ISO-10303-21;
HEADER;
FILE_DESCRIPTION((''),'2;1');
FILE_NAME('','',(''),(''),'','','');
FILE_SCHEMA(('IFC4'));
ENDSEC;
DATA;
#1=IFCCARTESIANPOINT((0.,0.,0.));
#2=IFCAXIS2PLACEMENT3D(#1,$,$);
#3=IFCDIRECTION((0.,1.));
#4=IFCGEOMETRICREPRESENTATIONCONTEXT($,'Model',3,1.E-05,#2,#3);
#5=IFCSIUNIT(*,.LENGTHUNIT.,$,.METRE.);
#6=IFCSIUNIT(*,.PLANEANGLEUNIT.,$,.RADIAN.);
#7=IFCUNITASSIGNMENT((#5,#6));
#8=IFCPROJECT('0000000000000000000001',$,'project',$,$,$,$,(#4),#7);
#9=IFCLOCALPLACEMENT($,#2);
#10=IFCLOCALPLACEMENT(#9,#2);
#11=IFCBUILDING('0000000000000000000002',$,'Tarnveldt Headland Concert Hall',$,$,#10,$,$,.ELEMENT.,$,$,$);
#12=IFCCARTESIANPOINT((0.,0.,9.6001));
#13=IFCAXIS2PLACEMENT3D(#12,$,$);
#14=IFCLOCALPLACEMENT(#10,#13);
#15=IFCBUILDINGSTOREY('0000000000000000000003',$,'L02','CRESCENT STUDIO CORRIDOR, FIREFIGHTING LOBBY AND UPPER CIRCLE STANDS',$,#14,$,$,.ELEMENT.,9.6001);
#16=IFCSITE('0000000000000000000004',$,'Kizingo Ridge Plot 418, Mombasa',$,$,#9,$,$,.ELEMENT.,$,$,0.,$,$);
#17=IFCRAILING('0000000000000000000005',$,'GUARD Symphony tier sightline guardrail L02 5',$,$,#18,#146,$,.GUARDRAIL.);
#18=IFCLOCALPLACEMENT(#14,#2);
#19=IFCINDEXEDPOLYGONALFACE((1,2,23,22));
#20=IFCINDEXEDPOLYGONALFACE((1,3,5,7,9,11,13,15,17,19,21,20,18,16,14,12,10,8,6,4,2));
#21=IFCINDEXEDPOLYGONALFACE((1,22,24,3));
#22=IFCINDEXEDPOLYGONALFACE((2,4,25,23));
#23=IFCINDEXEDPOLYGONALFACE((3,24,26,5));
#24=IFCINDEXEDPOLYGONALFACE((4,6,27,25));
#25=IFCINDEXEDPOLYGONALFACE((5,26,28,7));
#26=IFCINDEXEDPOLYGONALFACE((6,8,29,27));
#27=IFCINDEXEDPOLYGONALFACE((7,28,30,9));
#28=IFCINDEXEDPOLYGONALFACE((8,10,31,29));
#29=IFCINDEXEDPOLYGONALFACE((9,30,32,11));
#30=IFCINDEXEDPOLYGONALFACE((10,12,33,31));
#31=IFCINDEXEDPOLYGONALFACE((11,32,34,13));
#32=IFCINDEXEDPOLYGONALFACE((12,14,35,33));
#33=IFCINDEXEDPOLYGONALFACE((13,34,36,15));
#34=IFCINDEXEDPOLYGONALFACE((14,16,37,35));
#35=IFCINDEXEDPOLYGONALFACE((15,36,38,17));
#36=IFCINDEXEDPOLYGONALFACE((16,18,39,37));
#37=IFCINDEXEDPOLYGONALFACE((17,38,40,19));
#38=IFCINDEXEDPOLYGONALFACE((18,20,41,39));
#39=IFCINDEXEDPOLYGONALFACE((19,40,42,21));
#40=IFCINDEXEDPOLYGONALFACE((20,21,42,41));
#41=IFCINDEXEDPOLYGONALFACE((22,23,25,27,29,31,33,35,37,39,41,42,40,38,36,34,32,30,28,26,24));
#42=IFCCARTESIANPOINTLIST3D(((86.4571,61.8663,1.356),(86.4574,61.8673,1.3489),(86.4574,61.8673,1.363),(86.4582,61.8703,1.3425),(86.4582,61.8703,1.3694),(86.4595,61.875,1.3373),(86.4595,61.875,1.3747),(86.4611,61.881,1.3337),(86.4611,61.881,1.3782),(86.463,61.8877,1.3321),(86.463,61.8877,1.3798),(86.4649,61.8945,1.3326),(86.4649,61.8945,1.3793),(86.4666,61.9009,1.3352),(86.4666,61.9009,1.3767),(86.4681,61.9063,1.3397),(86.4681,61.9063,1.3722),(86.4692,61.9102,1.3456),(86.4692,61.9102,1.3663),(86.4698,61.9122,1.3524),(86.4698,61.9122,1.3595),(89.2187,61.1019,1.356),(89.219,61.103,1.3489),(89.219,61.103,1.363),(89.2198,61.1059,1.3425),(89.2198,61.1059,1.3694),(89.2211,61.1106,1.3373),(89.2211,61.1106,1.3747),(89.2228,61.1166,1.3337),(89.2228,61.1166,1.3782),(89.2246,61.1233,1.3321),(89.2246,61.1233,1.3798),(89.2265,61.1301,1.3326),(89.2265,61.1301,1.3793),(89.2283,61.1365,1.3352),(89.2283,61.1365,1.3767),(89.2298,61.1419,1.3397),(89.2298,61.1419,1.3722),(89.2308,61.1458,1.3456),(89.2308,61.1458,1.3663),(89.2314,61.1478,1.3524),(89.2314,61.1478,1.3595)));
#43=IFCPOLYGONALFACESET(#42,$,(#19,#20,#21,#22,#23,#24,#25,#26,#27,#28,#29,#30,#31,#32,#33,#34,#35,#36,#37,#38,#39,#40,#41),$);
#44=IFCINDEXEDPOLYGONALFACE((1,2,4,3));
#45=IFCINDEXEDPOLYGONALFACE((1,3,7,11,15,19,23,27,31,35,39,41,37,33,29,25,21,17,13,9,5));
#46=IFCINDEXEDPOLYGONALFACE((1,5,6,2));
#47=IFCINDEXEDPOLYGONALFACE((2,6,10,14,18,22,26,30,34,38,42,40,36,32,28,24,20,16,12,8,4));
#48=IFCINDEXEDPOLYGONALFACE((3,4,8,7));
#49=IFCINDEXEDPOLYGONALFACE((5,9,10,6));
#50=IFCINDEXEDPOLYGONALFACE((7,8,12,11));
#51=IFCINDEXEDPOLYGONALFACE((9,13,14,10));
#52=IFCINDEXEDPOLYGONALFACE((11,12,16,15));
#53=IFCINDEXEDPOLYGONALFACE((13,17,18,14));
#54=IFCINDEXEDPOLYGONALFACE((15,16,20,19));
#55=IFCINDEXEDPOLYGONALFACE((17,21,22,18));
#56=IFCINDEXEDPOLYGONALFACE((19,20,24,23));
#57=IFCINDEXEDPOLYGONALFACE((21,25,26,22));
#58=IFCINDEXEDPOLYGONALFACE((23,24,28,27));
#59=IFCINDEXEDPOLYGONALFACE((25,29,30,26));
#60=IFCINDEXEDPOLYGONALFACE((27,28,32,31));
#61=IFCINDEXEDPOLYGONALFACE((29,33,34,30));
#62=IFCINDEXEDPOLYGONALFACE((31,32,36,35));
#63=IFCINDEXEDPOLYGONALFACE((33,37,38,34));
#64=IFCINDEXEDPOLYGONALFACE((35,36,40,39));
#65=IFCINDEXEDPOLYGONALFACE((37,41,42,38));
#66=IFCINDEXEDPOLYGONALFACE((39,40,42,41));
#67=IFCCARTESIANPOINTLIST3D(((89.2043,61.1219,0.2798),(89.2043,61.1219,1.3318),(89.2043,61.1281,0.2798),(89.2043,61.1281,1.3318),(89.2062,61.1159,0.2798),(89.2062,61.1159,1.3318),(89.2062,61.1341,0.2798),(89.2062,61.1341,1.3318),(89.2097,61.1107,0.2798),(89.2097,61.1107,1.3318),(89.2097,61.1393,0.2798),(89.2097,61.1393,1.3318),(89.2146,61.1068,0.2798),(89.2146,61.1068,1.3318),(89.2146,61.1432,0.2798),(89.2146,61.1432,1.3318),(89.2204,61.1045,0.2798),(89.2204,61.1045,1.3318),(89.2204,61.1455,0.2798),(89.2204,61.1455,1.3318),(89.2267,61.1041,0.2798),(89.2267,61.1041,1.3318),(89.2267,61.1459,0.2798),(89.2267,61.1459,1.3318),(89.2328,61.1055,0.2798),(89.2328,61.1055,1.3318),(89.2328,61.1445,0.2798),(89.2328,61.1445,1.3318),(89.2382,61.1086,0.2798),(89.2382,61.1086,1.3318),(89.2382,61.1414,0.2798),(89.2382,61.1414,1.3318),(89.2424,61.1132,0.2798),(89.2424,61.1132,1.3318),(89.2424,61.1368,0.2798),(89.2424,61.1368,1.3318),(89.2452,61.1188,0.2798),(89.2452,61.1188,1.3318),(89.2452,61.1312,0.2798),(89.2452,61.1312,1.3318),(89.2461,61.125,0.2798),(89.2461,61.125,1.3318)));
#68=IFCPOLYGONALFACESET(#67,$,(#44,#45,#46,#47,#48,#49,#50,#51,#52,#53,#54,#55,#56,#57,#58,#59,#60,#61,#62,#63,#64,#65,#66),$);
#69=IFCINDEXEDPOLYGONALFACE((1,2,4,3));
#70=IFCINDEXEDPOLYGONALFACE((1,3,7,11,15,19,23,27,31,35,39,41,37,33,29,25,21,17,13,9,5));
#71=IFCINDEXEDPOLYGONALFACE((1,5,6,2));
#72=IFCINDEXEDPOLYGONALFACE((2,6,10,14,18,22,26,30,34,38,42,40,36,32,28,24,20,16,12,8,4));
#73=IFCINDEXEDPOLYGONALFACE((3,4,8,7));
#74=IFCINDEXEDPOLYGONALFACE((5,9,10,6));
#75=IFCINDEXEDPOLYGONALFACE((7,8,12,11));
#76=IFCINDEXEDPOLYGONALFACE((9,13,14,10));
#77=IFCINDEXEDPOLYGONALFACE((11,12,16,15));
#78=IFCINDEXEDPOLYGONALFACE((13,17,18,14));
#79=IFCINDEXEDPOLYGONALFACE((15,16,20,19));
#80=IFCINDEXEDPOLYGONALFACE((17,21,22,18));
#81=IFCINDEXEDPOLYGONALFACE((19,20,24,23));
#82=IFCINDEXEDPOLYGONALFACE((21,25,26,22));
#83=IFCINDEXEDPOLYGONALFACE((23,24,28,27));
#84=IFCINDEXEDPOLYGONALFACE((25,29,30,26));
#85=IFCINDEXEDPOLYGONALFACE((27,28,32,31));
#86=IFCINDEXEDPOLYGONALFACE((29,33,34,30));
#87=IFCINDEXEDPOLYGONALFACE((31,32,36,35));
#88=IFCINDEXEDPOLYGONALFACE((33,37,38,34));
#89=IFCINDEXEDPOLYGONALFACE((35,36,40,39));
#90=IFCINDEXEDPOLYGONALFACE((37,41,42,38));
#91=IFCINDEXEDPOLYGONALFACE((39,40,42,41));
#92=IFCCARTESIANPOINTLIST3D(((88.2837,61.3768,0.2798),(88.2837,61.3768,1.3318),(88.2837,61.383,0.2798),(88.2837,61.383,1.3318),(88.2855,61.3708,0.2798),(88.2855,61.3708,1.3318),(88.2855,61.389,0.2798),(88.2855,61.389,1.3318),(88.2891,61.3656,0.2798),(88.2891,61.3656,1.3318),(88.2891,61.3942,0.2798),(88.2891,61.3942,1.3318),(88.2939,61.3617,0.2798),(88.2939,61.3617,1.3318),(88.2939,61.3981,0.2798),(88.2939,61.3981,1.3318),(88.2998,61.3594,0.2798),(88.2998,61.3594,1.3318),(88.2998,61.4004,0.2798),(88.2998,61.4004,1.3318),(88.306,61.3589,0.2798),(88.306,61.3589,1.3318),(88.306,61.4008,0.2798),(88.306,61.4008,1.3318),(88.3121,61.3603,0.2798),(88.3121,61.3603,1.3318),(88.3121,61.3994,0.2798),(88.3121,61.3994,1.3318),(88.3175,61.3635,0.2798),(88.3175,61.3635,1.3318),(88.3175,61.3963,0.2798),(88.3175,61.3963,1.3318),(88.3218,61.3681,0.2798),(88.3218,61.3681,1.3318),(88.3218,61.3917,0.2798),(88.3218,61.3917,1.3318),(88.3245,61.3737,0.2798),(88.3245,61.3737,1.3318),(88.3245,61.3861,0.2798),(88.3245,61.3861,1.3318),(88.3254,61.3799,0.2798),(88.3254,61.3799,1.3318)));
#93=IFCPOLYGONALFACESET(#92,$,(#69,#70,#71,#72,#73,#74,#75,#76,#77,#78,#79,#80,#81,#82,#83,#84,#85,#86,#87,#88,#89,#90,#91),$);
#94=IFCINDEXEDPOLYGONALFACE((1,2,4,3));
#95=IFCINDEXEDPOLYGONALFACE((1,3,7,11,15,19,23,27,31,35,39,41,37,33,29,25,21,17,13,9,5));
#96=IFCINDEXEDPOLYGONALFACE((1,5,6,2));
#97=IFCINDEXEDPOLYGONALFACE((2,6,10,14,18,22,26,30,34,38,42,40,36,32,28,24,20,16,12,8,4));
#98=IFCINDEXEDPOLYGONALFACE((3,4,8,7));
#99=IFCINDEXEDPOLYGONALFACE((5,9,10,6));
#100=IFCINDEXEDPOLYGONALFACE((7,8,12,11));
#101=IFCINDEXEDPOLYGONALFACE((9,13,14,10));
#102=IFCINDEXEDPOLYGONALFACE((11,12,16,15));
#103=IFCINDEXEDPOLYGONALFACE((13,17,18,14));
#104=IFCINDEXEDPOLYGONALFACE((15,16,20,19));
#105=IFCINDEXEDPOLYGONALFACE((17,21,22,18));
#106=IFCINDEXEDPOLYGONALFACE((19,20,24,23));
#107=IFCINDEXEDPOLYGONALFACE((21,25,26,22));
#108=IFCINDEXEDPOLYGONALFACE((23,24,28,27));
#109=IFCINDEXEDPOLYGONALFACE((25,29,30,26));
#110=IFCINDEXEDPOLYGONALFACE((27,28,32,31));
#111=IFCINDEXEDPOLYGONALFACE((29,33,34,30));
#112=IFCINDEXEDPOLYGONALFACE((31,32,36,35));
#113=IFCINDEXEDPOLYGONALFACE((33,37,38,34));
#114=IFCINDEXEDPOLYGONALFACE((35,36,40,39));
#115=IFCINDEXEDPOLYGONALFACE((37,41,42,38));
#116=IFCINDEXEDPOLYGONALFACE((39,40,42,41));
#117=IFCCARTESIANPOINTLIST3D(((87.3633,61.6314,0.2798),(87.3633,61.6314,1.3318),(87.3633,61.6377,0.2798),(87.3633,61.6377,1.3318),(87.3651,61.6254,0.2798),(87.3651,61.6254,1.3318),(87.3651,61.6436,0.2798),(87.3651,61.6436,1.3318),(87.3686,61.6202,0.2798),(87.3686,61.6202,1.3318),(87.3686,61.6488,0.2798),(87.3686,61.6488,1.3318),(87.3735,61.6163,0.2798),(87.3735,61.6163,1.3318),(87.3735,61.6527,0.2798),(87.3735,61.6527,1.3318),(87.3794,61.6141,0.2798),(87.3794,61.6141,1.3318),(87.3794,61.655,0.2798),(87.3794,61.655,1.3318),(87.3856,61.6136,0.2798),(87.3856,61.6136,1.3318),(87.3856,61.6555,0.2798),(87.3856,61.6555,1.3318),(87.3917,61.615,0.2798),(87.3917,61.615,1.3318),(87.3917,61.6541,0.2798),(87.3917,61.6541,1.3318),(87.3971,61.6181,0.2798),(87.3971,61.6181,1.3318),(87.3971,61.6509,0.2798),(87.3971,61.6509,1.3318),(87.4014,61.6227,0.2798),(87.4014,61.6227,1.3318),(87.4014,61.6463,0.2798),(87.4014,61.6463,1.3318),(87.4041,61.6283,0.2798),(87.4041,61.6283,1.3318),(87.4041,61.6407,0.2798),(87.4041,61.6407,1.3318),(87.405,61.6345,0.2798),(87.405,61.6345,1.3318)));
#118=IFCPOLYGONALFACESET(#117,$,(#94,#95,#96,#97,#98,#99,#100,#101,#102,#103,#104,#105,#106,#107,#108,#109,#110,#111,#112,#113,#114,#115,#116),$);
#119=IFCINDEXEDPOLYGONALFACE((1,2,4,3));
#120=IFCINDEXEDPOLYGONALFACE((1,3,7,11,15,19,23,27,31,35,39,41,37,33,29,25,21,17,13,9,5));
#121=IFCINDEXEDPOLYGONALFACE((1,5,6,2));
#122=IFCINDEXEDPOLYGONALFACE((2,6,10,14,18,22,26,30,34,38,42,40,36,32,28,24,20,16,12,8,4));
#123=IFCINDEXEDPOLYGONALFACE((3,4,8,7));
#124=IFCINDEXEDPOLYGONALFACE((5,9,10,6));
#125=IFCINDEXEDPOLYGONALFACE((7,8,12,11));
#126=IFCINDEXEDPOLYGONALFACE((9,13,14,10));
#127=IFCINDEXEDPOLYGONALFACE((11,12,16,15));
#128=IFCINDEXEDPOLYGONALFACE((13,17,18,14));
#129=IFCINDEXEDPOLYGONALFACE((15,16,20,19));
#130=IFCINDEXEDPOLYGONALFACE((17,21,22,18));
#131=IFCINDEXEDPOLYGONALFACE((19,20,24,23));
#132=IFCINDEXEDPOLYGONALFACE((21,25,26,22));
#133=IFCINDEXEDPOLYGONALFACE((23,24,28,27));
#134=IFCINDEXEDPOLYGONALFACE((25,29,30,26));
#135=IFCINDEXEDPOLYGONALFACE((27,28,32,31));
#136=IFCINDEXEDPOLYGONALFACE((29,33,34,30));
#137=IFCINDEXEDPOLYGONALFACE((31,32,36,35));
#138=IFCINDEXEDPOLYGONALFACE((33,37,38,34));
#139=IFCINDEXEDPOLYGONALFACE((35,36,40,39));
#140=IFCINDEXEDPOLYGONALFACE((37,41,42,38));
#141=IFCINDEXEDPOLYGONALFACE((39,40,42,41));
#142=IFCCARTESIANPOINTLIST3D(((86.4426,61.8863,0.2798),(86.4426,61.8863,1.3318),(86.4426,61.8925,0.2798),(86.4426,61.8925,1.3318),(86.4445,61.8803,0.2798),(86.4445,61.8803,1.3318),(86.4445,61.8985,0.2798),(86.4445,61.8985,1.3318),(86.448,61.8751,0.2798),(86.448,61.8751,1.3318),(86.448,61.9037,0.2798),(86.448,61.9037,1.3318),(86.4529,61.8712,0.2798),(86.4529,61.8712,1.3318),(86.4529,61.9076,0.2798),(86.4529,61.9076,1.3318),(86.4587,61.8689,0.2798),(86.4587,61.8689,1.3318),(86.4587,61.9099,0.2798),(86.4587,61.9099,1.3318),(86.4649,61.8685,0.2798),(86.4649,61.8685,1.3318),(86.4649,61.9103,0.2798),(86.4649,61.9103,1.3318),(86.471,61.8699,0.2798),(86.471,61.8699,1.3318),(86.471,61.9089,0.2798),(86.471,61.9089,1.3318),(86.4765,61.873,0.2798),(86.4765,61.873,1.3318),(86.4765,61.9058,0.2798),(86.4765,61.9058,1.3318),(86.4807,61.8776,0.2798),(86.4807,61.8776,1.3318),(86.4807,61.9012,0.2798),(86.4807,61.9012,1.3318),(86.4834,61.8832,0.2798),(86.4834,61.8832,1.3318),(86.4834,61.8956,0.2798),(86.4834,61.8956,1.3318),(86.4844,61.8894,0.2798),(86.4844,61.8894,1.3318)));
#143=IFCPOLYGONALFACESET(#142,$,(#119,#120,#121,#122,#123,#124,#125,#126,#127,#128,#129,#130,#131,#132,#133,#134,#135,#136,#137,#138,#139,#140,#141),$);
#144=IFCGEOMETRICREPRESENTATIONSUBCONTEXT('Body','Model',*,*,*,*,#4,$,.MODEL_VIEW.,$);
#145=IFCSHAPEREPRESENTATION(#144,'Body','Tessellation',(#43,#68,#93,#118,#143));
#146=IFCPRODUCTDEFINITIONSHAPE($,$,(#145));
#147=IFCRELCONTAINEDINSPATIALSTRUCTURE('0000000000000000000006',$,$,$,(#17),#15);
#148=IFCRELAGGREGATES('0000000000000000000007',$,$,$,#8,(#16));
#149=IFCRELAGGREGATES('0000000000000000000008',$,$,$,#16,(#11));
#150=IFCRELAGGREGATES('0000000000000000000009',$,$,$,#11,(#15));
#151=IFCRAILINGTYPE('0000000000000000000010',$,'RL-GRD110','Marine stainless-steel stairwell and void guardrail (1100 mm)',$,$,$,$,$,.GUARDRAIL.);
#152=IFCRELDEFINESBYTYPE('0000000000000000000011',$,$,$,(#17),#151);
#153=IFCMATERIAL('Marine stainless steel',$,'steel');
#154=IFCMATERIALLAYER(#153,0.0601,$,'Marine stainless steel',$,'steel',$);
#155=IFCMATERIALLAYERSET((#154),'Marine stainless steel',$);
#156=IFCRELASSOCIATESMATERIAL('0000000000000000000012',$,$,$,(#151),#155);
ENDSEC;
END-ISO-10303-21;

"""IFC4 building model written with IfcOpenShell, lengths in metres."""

from ifc_helpers import new_model, si_unit, direction, frame, origin, origin_2d, place, context, subcontext, project, spatial, circle, extrude, material, layer, layer_set, type_object, element, save


model = new_model("IFC4")

# Units and contexts
model_context = context("Model", 3, precision=1e-05, world=origin(), true_north=direction((0.0, 1.0)))
body_context = subcontext(model_context, "Body", "Model", "MODEL_VIEW")
ifc_project = project(units=[si_unit("LENGTHUNIT", "METRE"), si_unit("PLANEANGLEUNIT", "RADIAN")], contexts=[model_context])

# Site, building, storey
site_placement = place(None, origin())
site = spatial("IfcSite", under=ifc_project, at=site_placement, Name="Kizingo Ridge Plot 418, Mombasa", CompositionType="ELEMENT", RefElevation=0.0)
building_placement = place(site_placement, origin())
building = spatial("IfcBuilding", under=site, at=building_placement, Name="Tarnveldt Headland Concert Hall", CompositionType="ELEMENT")
storey_placement = place(building_placement, frame((0.0, 0.0, 9.6001)))
storey = spatial("IfcBuildingStorey", under=building, at=storey_placement, Name="L02", Description="CRESCENT STUDIO CORRIDOR, FIREFIGHTING LOBBY AND UPPER CIRCLE STANDS", CompositionType="ELEMENT", Elevation=9.6001)

# Railing
ifc_material_1 = material(Name="Marine stainless steel", Category="steel")
ifc_layer_1 = layer(ifc_material_1, 0.0601, Name="Marine stainless steel", Category="steel")
ifc_layer_set_1 = layer_set([ifc_layer_1], Name="Marine stainless steel")
railing_type = type_object("IfcRailingType", Name="RL-GRD110", Description="Marine stainless-steel stairwell and void guardrail (1100 mm)", PredefinedType="GUARDRAIL", material=ifc_layer_set_1)
railing_1_placement = place(storey_placement, frame((89.2251, 61.125, 0.2798)))
element("IfcRailing", 1, at=railing_1_placement, inside=storey, type_object=railing_type, Name="GUARD Symphony tier sightline guardrail L02 5", PredefinedType="GUARDRAIL", context=body_context, shape_type="SweptSolid", body=[
    extrude(circle(Radius=0.0239, at=origin_2d()), frame((0.0, 0.0, 1.0762), z_axis=(-0.963764, 0.266756, 0.0), x_axis=(-0.266756, -0.963764, 0.0)), (0.0, 0.0, 1.0), 2.8655),
    extrude(circle(Radius=0.021, at=origin_2d()), origin(), (0.0, 0.0, 1.0), 1.052),
    extrude(circle(Radius=0.021, at=origin_2d()), frame((-0.9207, 0.2549, 0.0)), (0.0, 0.0, 1.0), 1.052),
    extrude(circle(Radius=0.021, at=origin_2d()), frame((-1.8411, 0.5095, 0.0)), (0.0, 0.0, 1.0), 1.052),
    extrude(circle(Radius=0.021, at=origin_2d()), frame((-2.7617, 0.7644, 0.0)), (0.0, 0.0, 1.0), 1.052),
])

save(model, "model.ifc")
